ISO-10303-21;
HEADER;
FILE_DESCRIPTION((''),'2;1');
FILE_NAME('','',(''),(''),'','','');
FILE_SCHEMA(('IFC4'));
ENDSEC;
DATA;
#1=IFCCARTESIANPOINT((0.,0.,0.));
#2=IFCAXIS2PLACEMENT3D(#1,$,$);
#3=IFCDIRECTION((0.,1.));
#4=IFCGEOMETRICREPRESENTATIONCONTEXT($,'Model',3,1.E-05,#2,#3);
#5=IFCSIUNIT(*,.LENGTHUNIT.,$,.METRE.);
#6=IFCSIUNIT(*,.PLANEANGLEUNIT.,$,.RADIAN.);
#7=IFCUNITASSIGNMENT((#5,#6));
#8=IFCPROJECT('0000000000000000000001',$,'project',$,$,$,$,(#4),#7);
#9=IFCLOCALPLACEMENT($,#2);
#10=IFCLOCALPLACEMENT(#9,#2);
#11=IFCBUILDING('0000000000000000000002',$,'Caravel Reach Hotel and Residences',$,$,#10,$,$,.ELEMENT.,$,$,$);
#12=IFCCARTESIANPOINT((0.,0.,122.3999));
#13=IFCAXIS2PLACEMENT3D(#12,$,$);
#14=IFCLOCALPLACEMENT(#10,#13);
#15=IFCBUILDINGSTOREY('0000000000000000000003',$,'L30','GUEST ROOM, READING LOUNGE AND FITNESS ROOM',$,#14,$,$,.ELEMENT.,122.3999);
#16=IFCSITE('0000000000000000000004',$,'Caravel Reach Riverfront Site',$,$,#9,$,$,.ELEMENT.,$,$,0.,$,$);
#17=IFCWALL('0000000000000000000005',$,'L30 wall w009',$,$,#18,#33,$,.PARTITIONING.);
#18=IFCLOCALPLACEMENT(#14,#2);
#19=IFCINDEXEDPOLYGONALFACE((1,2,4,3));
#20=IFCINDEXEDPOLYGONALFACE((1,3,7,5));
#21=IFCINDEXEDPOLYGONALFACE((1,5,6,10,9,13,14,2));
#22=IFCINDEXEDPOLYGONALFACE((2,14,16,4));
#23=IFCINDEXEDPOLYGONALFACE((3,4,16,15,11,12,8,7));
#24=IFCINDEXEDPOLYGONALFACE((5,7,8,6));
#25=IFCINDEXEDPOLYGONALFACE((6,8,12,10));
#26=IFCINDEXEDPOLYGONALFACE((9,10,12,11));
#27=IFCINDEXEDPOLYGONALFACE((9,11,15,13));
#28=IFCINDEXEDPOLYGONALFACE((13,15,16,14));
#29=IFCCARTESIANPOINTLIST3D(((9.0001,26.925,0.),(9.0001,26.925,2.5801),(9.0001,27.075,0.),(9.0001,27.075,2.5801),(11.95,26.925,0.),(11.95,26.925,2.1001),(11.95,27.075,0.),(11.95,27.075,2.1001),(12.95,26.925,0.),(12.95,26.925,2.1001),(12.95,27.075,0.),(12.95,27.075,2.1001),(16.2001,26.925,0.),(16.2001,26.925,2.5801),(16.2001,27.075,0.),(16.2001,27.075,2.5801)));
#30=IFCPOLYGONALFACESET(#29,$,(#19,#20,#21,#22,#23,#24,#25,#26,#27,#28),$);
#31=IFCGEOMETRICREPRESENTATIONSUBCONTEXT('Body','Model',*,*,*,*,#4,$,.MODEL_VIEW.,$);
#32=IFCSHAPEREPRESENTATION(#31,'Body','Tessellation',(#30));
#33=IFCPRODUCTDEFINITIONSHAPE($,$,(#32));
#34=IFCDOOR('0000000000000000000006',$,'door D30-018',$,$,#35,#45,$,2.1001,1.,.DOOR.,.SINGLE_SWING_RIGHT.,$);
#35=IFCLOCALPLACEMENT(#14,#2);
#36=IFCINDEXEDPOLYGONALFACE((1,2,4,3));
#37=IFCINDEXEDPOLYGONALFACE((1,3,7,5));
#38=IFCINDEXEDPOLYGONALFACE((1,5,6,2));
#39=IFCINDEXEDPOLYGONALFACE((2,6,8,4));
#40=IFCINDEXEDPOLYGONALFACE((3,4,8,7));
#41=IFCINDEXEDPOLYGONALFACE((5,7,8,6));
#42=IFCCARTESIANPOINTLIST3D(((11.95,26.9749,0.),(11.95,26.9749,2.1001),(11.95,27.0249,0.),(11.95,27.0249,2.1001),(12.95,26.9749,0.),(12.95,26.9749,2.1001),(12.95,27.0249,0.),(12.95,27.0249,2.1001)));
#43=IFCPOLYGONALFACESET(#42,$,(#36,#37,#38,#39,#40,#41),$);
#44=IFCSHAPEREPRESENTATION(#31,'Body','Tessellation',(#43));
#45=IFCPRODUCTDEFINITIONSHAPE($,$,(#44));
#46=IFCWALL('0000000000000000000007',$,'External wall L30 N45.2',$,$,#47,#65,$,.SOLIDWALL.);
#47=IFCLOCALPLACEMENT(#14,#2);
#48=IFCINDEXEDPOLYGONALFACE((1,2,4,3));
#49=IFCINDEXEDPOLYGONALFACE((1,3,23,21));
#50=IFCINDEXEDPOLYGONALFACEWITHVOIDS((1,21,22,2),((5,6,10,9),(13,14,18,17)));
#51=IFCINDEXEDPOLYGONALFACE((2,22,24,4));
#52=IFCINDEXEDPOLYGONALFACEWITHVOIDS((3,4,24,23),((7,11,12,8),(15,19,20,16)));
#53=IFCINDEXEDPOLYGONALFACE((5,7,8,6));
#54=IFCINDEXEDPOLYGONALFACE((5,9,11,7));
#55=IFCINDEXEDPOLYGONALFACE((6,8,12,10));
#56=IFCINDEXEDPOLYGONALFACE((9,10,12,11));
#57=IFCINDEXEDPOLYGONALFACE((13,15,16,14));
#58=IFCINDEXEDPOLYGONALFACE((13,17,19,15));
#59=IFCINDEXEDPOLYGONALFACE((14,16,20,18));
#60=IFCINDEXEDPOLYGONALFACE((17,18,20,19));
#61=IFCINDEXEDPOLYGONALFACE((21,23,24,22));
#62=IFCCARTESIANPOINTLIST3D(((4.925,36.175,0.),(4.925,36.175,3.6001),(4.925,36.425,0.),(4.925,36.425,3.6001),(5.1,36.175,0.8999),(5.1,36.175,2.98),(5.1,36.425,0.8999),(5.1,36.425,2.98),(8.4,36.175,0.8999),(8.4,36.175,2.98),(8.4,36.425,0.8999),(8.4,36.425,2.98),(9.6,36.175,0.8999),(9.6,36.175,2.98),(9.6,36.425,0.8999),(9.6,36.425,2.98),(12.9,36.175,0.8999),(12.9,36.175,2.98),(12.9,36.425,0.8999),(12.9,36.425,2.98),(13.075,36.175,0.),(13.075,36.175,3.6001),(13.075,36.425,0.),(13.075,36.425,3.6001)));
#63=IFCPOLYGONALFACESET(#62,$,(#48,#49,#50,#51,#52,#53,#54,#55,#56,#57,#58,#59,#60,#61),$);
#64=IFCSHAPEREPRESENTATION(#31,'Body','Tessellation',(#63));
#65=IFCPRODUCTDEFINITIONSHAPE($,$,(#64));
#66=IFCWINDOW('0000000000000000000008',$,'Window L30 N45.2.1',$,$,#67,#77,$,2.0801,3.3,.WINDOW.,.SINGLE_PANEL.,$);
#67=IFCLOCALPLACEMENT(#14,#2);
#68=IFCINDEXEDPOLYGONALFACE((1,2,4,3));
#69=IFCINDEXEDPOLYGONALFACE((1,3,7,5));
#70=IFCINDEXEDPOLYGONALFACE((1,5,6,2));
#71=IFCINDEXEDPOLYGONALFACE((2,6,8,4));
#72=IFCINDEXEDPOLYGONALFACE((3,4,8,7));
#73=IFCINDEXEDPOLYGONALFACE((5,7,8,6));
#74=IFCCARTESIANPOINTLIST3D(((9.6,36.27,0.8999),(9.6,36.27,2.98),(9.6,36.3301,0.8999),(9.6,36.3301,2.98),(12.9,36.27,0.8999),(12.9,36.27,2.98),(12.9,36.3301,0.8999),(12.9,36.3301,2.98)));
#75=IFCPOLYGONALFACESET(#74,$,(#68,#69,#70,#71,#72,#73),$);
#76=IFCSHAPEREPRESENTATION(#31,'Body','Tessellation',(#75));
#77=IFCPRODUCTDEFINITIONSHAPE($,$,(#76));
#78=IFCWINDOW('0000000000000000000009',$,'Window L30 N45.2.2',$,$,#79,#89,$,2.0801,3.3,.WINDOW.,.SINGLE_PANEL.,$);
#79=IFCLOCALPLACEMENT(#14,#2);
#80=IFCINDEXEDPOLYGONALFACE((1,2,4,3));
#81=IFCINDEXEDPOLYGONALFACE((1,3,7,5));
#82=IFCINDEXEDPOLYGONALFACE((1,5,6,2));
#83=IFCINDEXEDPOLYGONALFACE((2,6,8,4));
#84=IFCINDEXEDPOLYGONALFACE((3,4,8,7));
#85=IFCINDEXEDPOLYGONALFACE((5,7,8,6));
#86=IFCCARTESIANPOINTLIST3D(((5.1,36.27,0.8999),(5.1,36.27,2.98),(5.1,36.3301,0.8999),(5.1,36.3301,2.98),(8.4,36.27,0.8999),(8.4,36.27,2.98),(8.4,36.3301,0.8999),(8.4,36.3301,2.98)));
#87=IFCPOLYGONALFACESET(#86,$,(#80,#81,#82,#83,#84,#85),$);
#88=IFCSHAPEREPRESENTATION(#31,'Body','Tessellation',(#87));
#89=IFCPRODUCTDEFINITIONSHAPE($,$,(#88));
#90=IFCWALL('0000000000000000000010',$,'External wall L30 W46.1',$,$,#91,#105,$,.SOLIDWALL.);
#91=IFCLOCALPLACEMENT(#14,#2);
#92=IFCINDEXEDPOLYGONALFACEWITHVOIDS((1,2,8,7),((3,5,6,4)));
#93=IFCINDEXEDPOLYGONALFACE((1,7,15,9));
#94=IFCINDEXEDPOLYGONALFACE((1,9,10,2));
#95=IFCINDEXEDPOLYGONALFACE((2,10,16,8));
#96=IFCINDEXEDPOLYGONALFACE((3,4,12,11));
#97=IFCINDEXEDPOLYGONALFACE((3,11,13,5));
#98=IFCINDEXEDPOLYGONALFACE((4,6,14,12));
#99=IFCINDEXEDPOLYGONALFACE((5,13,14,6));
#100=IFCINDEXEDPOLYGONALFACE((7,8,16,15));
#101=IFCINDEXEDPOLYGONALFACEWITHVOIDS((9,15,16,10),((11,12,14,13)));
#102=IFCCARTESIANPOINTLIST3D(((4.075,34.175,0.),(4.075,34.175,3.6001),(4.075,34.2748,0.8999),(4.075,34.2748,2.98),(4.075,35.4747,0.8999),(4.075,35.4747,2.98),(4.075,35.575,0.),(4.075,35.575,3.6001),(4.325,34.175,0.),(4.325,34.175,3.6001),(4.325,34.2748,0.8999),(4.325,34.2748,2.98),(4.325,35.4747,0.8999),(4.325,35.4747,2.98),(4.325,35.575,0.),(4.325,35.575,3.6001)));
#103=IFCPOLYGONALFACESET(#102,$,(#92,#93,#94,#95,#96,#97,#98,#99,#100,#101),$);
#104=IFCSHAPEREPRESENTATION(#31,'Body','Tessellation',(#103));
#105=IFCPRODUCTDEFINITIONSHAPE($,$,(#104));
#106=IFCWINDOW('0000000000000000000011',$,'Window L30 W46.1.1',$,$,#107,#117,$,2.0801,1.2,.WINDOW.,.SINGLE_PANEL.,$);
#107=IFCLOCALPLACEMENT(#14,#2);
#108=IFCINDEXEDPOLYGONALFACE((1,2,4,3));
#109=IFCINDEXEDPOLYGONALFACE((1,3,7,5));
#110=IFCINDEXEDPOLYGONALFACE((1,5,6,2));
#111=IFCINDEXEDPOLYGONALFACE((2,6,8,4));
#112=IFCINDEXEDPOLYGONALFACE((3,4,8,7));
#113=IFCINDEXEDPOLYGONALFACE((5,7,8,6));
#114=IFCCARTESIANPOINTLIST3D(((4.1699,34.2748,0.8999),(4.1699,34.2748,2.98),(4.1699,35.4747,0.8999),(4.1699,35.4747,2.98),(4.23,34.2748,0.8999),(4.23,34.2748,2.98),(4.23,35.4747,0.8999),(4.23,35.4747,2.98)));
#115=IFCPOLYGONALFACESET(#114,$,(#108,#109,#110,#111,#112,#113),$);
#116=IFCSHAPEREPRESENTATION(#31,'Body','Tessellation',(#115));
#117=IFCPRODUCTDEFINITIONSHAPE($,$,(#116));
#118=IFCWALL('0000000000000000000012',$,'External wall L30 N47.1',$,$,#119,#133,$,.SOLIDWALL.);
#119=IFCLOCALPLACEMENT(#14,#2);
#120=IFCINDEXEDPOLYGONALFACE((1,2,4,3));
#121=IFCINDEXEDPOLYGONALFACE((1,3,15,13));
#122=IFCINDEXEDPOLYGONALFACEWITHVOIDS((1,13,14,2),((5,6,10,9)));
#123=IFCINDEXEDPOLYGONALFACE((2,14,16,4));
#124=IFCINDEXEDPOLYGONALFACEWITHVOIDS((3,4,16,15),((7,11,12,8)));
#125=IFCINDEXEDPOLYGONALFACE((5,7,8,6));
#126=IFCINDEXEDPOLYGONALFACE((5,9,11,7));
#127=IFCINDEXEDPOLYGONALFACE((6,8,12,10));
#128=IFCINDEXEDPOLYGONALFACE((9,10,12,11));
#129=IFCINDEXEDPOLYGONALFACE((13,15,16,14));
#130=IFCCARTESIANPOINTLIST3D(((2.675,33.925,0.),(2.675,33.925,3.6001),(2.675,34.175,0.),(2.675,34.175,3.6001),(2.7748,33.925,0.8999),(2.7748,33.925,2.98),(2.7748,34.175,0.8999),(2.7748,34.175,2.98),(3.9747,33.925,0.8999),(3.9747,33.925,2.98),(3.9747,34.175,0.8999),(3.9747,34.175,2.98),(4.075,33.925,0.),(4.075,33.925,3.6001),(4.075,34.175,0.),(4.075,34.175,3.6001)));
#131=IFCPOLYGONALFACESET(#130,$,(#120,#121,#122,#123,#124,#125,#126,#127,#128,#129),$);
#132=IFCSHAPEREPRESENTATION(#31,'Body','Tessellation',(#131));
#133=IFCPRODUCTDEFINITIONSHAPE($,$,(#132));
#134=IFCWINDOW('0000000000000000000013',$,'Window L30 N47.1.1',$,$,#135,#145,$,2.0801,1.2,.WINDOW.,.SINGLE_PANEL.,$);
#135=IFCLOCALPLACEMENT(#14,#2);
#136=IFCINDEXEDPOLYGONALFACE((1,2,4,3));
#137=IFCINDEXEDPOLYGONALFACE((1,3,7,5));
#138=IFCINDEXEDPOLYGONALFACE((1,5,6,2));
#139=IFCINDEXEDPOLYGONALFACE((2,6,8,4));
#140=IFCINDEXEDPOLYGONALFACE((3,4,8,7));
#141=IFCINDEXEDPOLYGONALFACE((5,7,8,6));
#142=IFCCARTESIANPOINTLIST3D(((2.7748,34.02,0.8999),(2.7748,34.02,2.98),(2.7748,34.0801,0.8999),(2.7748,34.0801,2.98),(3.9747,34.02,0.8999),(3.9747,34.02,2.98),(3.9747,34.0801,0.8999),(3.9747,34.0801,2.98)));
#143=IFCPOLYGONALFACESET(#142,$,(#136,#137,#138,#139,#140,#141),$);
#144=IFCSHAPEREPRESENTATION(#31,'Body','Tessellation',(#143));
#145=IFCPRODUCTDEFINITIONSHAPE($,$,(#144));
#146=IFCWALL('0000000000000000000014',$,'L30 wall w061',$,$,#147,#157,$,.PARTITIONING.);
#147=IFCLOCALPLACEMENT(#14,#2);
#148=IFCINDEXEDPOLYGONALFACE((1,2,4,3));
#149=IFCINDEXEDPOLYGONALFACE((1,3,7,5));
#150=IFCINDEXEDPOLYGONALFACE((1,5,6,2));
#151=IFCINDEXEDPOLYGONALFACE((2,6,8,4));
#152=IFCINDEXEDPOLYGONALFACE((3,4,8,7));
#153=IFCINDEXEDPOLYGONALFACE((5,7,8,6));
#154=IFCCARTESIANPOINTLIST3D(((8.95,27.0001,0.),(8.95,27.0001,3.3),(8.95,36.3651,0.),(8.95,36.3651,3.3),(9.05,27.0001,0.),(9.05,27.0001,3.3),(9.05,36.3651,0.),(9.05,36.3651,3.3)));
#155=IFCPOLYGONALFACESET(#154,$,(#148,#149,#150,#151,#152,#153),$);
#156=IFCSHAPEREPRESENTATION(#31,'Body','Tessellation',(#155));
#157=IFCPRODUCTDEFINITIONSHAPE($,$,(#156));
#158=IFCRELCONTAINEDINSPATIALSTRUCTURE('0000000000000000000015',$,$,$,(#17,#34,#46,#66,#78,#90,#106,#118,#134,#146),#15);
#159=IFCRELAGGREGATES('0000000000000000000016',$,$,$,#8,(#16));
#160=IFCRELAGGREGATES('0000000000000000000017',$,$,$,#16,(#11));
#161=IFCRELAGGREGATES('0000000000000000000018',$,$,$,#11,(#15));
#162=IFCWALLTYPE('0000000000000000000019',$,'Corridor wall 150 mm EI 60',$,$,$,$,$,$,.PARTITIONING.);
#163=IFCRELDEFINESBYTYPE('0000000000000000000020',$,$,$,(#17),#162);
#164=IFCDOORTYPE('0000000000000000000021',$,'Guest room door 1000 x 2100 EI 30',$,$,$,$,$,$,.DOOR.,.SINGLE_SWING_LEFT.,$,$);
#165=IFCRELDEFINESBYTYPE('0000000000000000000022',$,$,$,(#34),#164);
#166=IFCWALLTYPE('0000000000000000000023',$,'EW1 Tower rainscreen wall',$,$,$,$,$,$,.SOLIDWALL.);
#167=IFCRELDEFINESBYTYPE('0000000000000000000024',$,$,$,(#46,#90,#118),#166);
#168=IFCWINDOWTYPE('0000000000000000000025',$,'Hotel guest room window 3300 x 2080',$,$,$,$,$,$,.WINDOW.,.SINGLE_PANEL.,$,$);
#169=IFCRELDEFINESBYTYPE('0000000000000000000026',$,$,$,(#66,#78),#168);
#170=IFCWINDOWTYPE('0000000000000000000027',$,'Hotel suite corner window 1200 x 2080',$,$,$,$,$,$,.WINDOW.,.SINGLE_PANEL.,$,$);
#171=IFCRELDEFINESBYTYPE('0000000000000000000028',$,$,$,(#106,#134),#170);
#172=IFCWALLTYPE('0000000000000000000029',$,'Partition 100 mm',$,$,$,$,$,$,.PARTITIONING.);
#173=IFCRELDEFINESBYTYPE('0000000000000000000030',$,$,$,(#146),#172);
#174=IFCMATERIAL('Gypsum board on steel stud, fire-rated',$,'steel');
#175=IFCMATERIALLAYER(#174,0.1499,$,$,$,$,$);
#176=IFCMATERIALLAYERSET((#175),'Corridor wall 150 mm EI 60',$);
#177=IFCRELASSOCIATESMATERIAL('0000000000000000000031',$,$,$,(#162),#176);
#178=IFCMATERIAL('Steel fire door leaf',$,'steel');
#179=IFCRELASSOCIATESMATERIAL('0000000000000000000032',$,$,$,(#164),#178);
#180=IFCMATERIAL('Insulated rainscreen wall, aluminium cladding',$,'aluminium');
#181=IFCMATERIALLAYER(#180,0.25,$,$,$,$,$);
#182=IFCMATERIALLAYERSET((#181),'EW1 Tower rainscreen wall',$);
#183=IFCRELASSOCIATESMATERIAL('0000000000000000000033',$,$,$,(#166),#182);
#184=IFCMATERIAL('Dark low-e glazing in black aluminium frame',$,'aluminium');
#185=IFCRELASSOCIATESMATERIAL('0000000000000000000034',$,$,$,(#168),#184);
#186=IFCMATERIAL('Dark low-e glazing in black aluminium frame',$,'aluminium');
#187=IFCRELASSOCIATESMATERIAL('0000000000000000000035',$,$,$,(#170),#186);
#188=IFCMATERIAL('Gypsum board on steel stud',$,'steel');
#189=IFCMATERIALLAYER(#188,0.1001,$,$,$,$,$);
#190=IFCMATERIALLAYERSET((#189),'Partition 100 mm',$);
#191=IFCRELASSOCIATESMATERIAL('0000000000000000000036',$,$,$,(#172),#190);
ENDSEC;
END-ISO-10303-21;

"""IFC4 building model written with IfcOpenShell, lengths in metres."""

from ifc_helpers import new_model, si_unit, direction, frame, frame_2d, origin, place, context, subcontext, project, spatial, rectangle, extrude, material, layer, layer_set, type_object, element, fill, save


model = new_model("IFC4")

# Units and contexts
model_context = context("Model", 3, precision=1e-05, world=origin(), true_north=direction((0.0, 1.0)))
body_context = subcontext(model_context, "Body", "Model", "MODEL_VIEW")
ifc_project = project(units=[si_unit("LENGTHUNIT", "METRE"), si_unit("PLANEANGLEUNIT", "RADIAN")], contexts=[model_context])

# Site, building, storey
site_placement = place(None, origin())
site = spatial("IfcSite", under=ifc_project, at=site_placement, Name="Caravel Reach Riverfront Site", CompositionType="ELEMENT", RefElevation=0.0)
building_placement = place(site_placement, origin())
building = spatial("IfcBuilding", under=site, at=building_placement, Name="Caravel Reach Hotel and Residences", CompositionType="ELEMENT")
storey_placement = place(building_placement, frame((0.0, 0.0, 122.3999)))
storey = spatial("IfcBuildingStorey", under=building, at=storey_placement, Name="L30", Description="GUEST ROOM, READING LOUNGE AND FITNESS ROOM", CompositionType="ELEMENT", Elevation=122.3999)

# Wall, opening, door
ifc_material_1 = material(Name="Gypsum board on steel stud, fire-rated", Category="steel")
ifc_layer_1 = layer(ifc_material_1, 0.1499)
ifc_layer_set_1 = layer_set([ifc_layer_1], Name="Corridor wall 150 mm EI 60")
wall_type_1 = type_object("IfcWallType", Name="Corridor wall 150 mm EI 60", PredefinedType="PARTITIONING", material=ifc_layer_set_1)
wall_1_placement = place(storey_placement, frame((9.0, 27.0, 0.0), z_axis=(0.0, 0.0, 1.0), x_axis=(1.0, 0.0, 0.0)))
wall_1 = element("IfcWall", 1, at=wall_1_placement, inside=storey, type_object=wall_type_1, Name="L30 wall w009", PredefinedType="PARTITIONING", context=body_context, shape_type="SweptSolid", body=[
    extrude(rectangle(XDim=7.2, YDim=0.1499, at=frame_2d((3.6001, 0.0))), origin(), (0.0, 0.0, 1.0), 2.5801),
])
opening_1_placement = place(wall_1_placement, frame((2.95, 0.0, 0.0)))
opening_1 = element("IfcOpeningElement", 2, at=opening_1_placement, cuts=wall_1, PredefinedType="OPENING", context=body_context, shape_type="SweptSolid", body=[
    extrude(rectangle(XDim=1.0, YDim=2.1001, at=frame_2d((0.5, 1.05))), frame((0.0, 0.085, 0.0), z_axis=(0.0, -1.0, 0.0), x_axis=(1.0, 0.0, 0.0)), (0.0, 0.0, 1.0), 0.1699),
])
ifc_material_2 = material(Name="Steel fire door leaf", Category="steel")
door_type_1 = type_object("IfcDoorType", Name="Guest room door 1000 x 2100 EI 30", OperationType="SINGLE_SWING_LEFT", PredefinedType="DOOR", material=ifc_material_2)
door_1_placement = place(opening_1_placement, origin())
door_1 = element("IfcDoor", 3, at=door_1_placement, inside=storey, type_object=door_type_1, Name="door D30-018", OperationType="SINGLE_SWING_RIGHT", OverallHeight=2.1001, OverallWidth=1.0, PredefinedType="DOOR", context=body_context, shape_type="SweptSolid", body=[
    extrude(rectangle(XDim=1.0, YDim=2.1001, at=frame_2d((0.5, 1.05))), frame((0.0, 0.0249, 0.0), z_axis=(0.0, -1.0, 0.0), x_axis=(1.0, 0.0, 0.0)), (0.0, 0.0, 1.0), 0.05),
])
fill(opening_1, door_1)

# Wall, openings, windows
ifc_material_3 = material(Name="Insulated rainscreen wall, aluminium cladding", Category="aluminium")
ifc_layer_2 = layer(ifc_material_3, 0.25)
ifc_layer_set_2 = layer_set([ifc_layer_2], Name="EW1 Tower rainscreen wall")
wall_type_2 = type_object("IfcWallType", Name="EW1 Tower rainscreen wall", PredefinedType="SOLIDWALL", material=ifc_layer_set_2)
wall_2_placement = place(storey_placement, frame((13.075, 36.3, 0.0), z_axis=(0.0, 0.0, 1.0), x_axis=(-1.0, 0.0, 0.0)))
wall_2 = element("IfcWall", 4, at=wall_2_placement, inside=storey, type_object=wall_type_2, Name="External wall L30 N45.2", PredefinedType="SOLIDWALL", context=body_context, shape_type="SweptSolid", body=[
    extrude(rectangle(XDim=8.1499, YDim=0.25, at=frame_2d((4.075, 0.0))), origin(), (0.0, 0.0, 1.0), 3.6001),
])
opening_2_placement = place(wall_2_placement, frame((0.175, 0.0, 0.8999)))
opening_2 = element("IfcOpeningElement", 5, at=opening_2_placement, cuts=wall_2, PredefinedType="OPENING", context=body_context, shape_type="SweptSolid", body=[
    extrude(rectangle(XDim=3.3, YDim=2.0801, at=frame_2d((1.6499, 1.04))), frame((0.0, 0.135, 0.0), z_axis=(0.0, -1.0, 0.0), x_axis=(1.0, 0.0, 0.0)), (0.0, 0.0, 1.0), 0.27),
])
opening_3_placement = place(wall_2_placement, frame((4.675, 0.0, 0.8999)))
opening_3 = element("IfcOpeningElement", 6, at=opening_3_placement, cuts=wall_2, PredefinedType="OPENING", context=body_context, shape_type="SweptSolid", body=[
    extrude(rectangle(XDim=3.3, YDim=2.0801, at=frame_2d((1.6499, 1.04))), frame((0.0, 0.135, 0.0), z_axis=(0.0, -1.0, 0.0), x_axis=(1.0, 0.0, 0.0)), (0.0, 0.0, 1.0), 0.27),
])
ifc_material_4 = material(Name="Dark low-e glazing in black aluminium frame", Category="aluminium")
window_type_1 = type_object("IfcWindowType", Name="Hotel guest room window 3300 x 2080", PartitioningType="SINGLE_PANEL", PredefinedType="WINDOW", material=ifc_material_4)
window_1_placement = place(opening_2_placement, origin())
window_1 = element("IfcWindow", 7, at=window_1_placement, inside=storey, type_object=window_type_1, Name="Window L30 N45.2.1", OverallHeight=2.0801, OverallWidth=3.3, PartitioningType="SINGLE_PANEL", PredefinedType="WINDOW", context=body_context, shape_type="SweptSolid", body=[
    extrude(rectangle(XDim=3.3, YDim=2.0801, at=frame_2d((1.6499, 1.04))), frame((0.0, 0.03, 0.0), z_axis=(0.0, -1.0, 0.0), x_axis=(1.0, 0.0, 0.0)), (0.0, 0.0, 1.0), 0.0601),
])
fill(opening_2, window_1)
window_2_placement = place(opening_3_placement, origin())
window_2 = element("IfcWindow", 8, at=window_2_placement, inside=storey, type_object=window_type_1, Name="Window L30 N45.2.2", OverallHeight=2.0801, OverallWidth=3.3, PartitioningType="SINGLE_PANEL", PredefinedType="WINDOW", context=body_context, shape_type="SweptSolid", body=[
    extrude(rectangle(XDim=3.3, YDim=2.0801, at=frame_2d((1.6499, 1.04))), frame((0.0, 0.03, 0.0), z_axis=(0.0, -1.0, 0.0), x_axis=(1.0, 0.0, 0.0)), (0.0, 0.0, 1.0), 0.0601),
])
fill(opening_3, window_2)

# Walls, openings, windows
wall_3_placement = place(storey_placement, frame((4.2, 35.575, 0.0), z_axis=(0.0, 0.0, 1.0), x_axis=(0.0, -1.0, 0.0)))
wall_3 = element("IfcWall", 9, at=wall_3_placement, inside=storey, type_object=wall_type_2, Name="External wall L30 W46.1", PredefinedType="SOLIDWALL", context=body_context, shape_type="SweptSolid", body=[
    extrude(rectangle(XDim=1.3999, YDim=0.25, at=frame_2d((0.7, 0.0))), origin(), (0.0, 0.0, 1.0), 3.6001),
])
opening_4_placement = place(wall_3_placement, frame((0.1001, 0.0, 0.8999)))
opening_4 = element("IfcOpeningElement", 10, at=opening_4_placement, cuts=wall_3, PredefinedType="OPENING", context=body_context, shape_type="SweptSolid", body=[
    extrude(rectangle(XDim=1.2, YDim=2.0801, at=frame_2d((0.6001, 1.04))), frame((0.0, 0.135, 0.0), z_axis=(0.0, -1.0, 0.0), x_axis=(1.0, 0.0, 0.0)), (0.0, 0.0, 1.0), 0.27),
])
ifc_material_5 = material(Name="Dark low-e glazing in black aluminium frame", Category="aluminium")
window_type_2 = type_object("IfcWindowType", Name="Hotel suite corner window 1200 x 2080", PartitioningType="SINGLE_PANEL", PredefinedType="WINDOW", material=ifc_material_5)
window_3_placement = place(opening_4_placement, origin())
window_3 = element("IfcWindow", 11, at=window_3_placement, inside=storey, type_object=window_type_2, Name="Window L30 W46.1.1", OverallHeight=2.0801, OverallWidth=1.2, PartitioningType="SINGLE_PANEL", PredefinedType="WINDOW", context=body_context, shape_type="SweptSolid", body=[
    extrude(rectangle(XDim=1.2, YDim=2.0801, at=frame_2d((0.6001, 1.04))), frame((0.0, 0.03, 0.0), z_axis=(0.0, -1.0, 0.0), x_axis=(1.0, 0.0, 0.0)), (0.0, 0.0, 1.0), 0.0601),
])
fill(opening_4, window_3)
wall_4_placement = place(storey_placement, frame((4.075, 34.05, 0.0), z_axis=(0.0, 0.0, 1.0), x_axis=(-1.0, 0.0, 0.0)))
wall_4 = element("IfcWall", 12, at=wall_4_placement, inside=storey, type_object=wall_type_2, Name="External wall L30 N47.1", PredefinedType="SOLIDWALL", context=body_context, shape_type="SweptSolid", body=[
    extrude(rectangle(XDim=1.3999, YDim=0.25, at=frame_2d((0.7, 0.0))), origin(), (0.0, 0.0, 1.0), 3.6001),
])
opening_5_placement = place(wall_4_placement, frame((0.1001, 0.0, 0.8999)))
opening_5 = element("IfcOpeningElement", 13, at=opening_5_placement, cuts=wall_4, PredefinedType="OPENING", context=body_context, shape_type="SweptSolid", body=[
    extrude(rectangle(XDim=1.2, YDim=2.0801, at=frame_2d((0.6001, 1.04))), frame((0.0, 0.135, 0.0), z_axis=(0.0, -1.0, 0.0), x_axis=(1.0, 0.0, 0.0)), (0.0, 0.0, 1.0), 0.27),
])
window_4_placement = place(opening_5_placement, origin())
window_4 = element("IfcWindow", 14, at=window_4_placement, inside=storey, type_object=window_type_2, Name="Window L30 N47.1.1", OverallHeight=2.0801, OverallWidth=1.2, PartitioningType="SINGLE_PANEL", PredefinedType="WINDOW", context=body_context, shape_type="SweptSolid", body=[
    extrude(rectangle(XDim=1.2, YDim=2.0801, at=frame_2d((0.6001, 1.04))), frame((0.0, 0.03, 0.0), z_axis=(0.0, -1.0, 0.0), x_axis=(1.0, 0.0, 0.0)), (0.0, 0.0, 1.0), 0.0601),
])
fill(opening_5, window_4)

# Wall
ifc_material_6 = material(Name="Gypsum board on steel stud", Category="steel")
ifc_layer_3 = layer(ifc_material_6, 0.1001)
ifc_layer_set_3 = layer_set([ifc_layer_3], Name="Partition 100 mm")
wall_type_3 = type_object("IfcWallType", Name="Partition 100 mm", PredefinedType="PARTITIONING", material=ifc_layer_set_3)
wall_5_placement = place(storey_placement, frame((9.0, 27.0, 0.0), z_axis=(0.0, 0.0, 1.0), x_axis=(0.0, 1.0, 0.0)))
element("IfcWall", 15, at=wall_5_placement, inside=storey, type_object=wall_type_3, Name="L30 wall w061", PredefinedType="PARTITIONING", context=body_context, shape_type="SweptSolid", body=[
    extrude(rectangle(XDim=9.365, YDim=0.1001, at=frame_2d((4.6826, 0.0))), origin(), (0.0, 0.0, 1.0), 3.3),
])

save(model, "model.ifc")
